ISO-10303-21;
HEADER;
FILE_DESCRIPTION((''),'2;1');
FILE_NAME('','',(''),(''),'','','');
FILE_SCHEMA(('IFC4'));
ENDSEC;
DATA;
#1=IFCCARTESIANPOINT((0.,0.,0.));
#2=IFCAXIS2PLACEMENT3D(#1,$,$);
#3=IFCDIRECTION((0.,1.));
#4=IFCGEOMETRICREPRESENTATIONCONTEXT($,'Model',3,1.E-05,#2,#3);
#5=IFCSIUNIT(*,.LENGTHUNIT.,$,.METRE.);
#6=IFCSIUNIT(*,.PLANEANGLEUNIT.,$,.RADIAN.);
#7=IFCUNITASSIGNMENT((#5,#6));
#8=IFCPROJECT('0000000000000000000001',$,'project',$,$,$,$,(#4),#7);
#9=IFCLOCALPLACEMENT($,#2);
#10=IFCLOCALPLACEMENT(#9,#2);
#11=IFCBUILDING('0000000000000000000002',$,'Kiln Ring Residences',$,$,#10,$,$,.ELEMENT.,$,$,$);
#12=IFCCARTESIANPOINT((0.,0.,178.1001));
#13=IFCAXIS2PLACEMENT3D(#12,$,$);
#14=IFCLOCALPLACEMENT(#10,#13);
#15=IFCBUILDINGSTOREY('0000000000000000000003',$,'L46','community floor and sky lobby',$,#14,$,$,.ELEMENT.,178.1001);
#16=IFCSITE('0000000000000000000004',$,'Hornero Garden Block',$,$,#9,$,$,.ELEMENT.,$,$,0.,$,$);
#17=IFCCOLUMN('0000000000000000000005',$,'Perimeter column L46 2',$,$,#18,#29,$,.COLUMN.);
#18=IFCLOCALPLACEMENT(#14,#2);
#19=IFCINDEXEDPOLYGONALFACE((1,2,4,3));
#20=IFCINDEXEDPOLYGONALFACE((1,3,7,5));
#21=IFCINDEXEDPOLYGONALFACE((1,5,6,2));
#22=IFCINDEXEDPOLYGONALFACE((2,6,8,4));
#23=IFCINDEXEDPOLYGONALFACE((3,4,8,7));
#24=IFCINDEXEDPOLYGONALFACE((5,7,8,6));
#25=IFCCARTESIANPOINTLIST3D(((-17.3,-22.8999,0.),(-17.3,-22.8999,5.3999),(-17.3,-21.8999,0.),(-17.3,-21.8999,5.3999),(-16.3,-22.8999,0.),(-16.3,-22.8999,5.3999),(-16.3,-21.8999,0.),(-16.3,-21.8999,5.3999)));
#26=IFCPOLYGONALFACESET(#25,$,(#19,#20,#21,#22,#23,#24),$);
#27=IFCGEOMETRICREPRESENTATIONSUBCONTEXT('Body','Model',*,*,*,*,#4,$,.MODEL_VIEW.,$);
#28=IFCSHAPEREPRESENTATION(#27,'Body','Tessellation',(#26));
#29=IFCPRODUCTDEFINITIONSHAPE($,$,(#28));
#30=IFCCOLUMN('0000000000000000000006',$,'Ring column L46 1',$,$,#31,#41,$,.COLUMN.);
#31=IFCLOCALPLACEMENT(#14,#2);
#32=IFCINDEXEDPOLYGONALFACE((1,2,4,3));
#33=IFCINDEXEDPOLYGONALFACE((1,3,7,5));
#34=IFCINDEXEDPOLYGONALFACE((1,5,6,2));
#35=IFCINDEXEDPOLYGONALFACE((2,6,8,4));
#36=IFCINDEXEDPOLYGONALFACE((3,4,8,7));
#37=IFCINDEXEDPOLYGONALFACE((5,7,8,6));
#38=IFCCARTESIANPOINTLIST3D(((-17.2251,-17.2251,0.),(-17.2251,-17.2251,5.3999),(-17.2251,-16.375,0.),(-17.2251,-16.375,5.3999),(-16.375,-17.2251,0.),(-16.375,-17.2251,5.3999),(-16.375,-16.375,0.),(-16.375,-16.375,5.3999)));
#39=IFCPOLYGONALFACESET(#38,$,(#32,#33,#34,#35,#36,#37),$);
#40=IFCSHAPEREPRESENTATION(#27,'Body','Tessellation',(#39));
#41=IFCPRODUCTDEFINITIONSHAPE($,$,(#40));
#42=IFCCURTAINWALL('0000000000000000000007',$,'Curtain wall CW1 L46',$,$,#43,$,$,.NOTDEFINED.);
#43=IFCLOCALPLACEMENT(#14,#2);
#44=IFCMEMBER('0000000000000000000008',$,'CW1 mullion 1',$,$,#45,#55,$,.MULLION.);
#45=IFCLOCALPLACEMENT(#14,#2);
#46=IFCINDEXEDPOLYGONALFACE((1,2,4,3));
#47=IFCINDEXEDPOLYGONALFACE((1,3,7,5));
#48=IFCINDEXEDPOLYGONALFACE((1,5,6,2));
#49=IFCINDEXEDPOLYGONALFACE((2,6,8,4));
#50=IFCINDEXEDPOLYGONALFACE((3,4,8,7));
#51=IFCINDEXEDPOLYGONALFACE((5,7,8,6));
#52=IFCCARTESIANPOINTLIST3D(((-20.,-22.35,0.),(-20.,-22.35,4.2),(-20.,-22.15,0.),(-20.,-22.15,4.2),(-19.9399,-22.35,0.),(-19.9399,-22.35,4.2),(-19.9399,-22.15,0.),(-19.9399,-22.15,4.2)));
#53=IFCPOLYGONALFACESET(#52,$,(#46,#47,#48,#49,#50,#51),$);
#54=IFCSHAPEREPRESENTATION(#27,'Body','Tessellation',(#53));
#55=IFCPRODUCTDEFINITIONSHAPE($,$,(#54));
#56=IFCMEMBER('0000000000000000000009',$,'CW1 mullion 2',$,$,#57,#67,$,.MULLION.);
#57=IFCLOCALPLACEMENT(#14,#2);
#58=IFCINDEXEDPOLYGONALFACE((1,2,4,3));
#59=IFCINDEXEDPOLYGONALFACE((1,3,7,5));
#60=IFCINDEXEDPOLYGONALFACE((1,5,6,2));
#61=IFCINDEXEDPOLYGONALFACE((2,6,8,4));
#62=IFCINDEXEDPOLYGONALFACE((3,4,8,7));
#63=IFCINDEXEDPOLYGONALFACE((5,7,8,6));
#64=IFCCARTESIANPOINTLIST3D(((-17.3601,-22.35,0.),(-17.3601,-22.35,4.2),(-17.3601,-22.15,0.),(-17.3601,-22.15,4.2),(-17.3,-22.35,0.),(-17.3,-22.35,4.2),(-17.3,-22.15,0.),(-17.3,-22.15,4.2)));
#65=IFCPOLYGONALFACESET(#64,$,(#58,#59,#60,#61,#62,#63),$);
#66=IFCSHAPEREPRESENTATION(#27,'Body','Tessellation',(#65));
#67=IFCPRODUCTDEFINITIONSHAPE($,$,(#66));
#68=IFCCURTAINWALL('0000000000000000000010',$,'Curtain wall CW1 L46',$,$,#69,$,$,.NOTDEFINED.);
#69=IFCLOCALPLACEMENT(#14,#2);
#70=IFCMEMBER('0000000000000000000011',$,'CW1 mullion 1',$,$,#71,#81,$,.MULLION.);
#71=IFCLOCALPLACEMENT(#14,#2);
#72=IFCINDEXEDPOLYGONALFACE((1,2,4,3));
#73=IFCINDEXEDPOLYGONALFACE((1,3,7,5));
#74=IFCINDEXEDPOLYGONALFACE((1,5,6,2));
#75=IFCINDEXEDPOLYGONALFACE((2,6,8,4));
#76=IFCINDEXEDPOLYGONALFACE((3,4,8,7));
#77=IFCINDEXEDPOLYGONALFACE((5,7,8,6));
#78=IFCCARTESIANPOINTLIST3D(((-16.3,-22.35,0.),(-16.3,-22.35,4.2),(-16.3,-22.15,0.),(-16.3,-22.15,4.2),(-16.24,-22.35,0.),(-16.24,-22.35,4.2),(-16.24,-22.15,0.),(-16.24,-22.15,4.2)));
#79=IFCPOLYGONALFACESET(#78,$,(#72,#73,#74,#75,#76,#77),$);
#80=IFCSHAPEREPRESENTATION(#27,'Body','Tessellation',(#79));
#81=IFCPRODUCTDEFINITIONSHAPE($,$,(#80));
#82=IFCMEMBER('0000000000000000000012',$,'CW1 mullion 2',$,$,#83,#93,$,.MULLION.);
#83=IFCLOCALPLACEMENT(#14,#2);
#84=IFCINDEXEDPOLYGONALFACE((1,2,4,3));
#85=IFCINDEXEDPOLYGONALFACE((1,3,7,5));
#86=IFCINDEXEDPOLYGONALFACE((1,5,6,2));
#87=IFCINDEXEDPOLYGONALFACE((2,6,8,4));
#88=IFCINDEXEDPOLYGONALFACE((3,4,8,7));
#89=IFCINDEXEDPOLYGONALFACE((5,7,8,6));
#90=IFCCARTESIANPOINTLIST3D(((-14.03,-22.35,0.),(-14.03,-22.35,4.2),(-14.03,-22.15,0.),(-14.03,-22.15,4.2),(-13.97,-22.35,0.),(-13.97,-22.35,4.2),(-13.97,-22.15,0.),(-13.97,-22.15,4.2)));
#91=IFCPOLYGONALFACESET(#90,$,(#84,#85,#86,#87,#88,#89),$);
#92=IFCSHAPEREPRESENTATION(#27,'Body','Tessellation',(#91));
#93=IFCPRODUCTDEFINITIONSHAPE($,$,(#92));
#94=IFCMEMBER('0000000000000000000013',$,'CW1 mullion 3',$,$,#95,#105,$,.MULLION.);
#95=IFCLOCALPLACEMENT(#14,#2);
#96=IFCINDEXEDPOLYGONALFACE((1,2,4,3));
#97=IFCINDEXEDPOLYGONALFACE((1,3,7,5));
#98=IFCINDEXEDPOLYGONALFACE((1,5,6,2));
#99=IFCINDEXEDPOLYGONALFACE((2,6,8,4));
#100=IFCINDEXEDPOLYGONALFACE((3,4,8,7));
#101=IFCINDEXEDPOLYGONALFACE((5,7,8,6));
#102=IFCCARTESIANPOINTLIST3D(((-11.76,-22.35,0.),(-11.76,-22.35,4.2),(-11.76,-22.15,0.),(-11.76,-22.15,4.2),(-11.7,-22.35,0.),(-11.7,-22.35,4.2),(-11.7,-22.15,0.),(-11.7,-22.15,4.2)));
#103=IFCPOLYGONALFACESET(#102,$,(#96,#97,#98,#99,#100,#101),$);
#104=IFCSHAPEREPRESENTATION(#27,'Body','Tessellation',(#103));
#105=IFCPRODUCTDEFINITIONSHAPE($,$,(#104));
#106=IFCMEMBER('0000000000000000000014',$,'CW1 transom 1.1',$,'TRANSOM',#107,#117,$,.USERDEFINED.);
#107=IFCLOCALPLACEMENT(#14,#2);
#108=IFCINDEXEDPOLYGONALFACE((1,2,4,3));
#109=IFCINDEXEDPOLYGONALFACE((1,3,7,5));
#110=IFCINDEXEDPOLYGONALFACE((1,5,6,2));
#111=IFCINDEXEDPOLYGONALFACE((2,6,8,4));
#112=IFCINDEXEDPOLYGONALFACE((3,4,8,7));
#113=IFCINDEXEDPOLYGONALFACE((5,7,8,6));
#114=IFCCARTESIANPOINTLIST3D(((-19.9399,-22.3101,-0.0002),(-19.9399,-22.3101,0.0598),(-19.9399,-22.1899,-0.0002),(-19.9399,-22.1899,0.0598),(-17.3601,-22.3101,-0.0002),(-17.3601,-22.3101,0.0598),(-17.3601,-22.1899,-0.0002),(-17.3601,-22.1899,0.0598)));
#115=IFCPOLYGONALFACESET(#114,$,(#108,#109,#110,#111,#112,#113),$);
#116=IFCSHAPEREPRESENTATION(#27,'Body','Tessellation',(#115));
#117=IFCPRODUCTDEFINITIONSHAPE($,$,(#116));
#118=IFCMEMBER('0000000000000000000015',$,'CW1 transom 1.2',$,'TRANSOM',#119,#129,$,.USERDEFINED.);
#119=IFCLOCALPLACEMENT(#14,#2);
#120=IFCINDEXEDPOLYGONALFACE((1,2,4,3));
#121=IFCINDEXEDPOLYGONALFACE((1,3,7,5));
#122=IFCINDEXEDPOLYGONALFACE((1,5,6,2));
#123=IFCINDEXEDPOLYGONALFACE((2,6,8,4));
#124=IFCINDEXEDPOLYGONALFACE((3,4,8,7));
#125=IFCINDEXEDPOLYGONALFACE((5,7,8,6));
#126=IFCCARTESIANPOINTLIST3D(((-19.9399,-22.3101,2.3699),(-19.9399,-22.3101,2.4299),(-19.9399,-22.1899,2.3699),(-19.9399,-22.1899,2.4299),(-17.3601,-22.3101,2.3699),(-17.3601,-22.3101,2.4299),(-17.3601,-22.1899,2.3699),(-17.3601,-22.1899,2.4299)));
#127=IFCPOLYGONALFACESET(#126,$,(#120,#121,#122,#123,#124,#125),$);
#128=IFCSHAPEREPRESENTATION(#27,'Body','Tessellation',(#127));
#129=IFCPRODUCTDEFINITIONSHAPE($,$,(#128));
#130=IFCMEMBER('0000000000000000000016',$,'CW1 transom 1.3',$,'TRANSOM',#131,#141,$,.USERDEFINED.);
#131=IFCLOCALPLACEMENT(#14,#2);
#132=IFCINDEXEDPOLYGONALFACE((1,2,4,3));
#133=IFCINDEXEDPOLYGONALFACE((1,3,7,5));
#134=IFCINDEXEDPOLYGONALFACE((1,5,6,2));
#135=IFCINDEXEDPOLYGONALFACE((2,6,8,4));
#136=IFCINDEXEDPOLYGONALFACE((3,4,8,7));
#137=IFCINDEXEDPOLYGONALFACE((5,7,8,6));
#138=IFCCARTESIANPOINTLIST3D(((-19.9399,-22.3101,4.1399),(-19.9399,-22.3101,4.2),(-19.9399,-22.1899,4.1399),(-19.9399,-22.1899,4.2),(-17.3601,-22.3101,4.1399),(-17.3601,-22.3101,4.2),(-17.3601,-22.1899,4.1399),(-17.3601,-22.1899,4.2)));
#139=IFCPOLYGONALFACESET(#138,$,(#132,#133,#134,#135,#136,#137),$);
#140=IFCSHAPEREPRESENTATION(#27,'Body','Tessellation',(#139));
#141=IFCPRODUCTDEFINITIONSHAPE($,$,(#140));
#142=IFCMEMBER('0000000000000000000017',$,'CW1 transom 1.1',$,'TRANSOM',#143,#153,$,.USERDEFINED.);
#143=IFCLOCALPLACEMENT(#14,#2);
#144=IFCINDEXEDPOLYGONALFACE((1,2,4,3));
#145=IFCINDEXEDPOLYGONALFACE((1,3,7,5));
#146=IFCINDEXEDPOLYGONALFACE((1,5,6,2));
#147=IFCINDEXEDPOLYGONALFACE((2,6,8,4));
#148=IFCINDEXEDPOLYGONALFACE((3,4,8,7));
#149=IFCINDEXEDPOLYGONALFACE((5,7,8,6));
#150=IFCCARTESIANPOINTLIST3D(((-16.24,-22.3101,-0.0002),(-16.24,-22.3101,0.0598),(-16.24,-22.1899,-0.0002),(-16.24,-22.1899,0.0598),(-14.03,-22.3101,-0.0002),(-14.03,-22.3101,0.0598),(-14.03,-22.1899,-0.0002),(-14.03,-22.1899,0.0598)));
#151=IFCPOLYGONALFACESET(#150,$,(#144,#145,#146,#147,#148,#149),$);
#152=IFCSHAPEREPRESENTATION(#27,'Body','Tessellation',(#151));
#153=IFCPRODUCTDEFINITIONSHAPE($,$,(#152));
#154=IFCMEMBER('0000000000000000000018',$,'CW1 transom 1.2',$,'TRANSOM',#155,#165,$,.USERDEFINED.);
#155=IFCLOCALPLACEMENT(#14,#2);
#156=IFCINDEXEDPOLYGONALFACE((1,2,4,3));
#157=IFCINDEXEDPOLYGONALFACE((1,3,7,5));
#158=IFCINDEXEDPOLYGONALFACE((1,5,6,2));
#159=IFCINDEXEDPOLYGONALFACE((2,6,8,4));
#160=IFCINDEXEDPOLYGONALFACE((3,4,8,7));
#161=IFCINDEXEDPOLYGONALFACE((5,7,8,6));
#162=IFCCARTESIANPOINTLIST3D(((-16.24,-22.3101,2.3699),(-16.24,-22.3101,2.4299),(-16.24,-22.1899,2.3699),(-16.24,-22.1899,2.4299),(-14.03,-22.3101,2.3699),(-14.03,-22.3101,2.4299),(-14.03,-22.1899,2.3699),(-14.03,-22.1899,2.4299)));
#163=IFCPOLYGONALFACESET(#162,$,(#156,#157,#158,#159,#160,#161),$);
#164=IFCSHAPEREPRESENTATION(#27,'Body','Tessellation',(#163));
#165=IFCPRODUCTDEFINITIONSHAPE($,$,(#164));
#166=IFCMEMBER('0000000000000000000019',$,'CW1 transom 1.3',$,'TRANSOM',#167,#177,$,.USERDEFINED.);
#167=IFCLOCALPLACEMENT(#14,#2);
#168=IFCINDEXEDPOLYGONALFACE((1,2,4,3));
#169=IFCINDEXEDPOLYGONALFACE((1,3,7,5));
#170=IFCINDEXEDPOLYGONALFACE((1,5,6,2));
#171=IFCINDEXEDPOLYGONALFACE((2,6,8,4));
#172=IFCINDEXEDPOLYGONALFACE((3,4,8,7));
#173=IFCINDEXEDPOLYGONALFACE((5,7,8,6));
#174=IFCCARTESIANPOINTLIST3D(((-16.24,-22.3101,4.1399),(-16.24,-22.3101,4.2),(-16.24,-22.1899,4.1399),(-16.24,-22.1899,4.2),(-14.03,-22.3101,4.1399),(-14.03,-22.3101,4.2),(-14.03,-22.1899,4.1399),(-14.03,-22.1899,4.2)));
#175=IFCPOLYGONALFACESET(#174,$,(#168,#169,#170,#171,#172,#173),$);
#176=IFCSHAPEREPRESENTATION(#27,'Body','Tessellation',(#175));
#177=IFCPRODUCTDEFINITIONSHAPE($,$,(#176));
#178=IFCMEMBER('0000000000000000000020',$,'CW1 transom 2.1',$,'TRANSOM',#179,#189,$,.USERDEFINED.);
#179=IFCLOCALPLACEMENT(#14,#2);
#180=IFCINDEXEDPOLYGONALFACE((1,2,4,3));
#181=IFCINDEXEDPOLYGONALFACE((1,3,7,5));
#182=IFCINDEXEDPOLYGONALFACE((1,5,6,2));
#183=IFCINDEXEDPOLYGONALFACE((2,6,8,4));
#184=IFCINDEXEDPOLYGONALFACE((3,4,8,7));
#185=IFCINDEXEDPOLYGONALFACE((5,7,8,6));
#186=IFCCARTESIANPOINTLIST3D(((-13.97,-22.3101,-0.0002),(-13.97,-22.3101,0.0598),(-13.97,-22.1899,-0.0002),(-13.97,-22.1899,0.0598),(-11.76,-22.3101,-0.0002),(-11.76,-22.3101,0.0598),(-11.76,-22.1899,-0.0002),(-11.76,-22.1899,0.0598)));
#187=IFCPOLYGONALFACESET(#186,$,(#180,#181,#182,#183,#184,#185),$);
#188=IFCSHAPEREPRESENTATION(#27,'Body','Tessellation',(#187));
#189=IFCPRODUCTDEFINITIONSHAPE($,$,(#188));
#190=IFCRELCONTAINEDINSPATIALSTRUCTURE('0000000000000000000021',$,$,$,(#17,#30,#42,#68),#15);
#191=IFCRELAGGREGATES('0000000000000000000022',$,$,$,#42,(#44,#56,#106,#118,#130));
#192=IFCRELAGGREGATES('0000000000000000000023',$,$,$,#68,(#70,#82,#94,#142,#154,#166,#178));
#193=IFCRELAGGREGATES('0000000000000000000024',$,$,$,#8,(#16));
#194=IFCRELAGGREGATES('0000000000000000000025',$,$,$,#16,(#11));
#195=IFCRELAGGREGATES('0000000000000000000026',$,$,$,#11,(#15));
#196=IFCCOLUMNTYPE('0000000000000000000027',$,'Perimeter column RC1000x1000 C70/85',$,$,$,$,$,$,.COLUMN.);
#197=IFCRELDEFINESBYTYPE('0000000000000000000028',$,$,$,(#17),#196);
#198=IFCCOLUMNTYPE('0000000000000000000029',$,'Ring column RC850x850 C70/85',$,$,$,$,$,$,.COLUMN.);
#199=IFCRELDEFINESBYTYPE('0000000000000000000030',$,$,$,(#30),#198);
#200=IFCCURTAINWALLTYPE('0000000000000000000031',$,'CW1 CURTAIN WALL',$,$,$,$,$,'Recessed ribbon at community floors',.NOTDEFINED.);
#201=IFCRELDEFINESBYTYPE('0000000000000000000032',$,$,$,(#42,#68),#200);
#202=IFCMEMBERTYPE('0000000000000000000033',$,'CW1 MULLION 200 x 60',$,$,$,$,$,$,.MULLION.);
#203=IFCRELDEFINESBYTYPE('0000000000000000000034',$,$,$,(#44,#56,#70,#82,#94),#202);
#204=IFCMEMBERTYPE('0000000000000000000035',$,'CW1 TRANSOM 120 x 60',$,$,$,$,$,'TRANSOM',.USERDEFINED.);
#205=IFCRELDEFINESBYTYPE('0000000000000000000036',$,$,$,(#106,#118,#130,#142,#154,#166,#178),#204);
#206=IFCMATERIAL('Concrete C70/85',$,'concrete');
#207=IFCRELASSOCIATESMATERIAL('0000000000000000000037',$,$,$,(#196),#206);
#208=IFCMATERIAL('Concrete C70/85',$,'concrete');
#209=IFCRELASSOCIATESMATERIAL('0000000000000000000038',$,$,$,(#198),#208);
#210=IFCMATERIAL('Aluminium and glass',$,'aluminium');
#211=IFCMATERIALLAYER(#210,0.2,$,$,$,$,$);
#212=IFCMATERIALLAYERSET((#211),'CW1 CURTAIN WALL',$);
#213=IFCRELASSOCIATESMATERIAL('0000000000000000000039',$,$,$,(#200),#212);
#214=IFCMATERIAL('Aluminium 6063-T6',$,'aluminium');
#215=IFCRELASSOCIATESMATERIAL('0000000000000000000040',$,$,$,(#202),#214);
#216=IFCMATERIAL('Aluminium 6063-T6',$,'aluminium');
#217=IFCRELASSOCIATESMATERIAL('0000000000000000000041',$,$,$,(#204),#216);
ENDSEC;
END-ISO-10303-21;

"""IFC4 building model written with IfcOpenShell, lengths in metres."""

from ifc_helpers import new_model, si_unit, direction, frame, origin, origin_2d, place, context, subcontext, project, spatial, rectangle, extrude, material, layer, layer_set, material_profile, profile_set, type_object, element, aggregate, save


model = new_model("IFC4")

# Units and contexts
model_context = context("Model", 3, precision=1e-05, world=origin(), true_north=direction((0.0, 1.0)))
body_context = subcontext(model_context, "Body", "Model", "MODEL_VIEW")
ifc_project = project(units=[si_unit("LENGTHUNIT", "METRE"), si_unit("PLANEANGLEUNIT", "RADIAN")], contexts=[model_context])

# Site, building, storey
site_placement = place(None, origin())
site = spatial("IfcSite", under=ifc_project, at=site_placement, Name="Hornero Garden Block", CompositionType="ELEMENT", RefElevation=0.0)
building_placement = place(site_placement, origin())
building = spatial("IfcBuilding", under=site, at=building_placement, Name="Kiln Ring Residences", CompositionType="ELEMENT")
storey_placement = place(building_placement, frame((0.0, 0.0, 178.1001)))
storey = spatial("IfcBuildingStorey", under=building, at=storey_placement, Name="L46", Description="community floor and sky lobby", CompositionType="ELEMENT", Elevation=178.1001)

# Columns
ifc_material_1 = material(Name="Concrete C70/85", Category="concrete")
ifc_material_profile_1 = material_profile(ifc_material_1, rectangle(XDim=1.0, YDim=1.0, at=origin_2d()), Name="RC1000x1000")
ifc_profile_set_1 = profile_set([ifc_material_profile_1], Name="Concrete C70/85")
column_type_1 = type_object("IfcColumnType", Name="Perimeter column RC1000x1000 C70/85", PredefinedType="COLUMN", material=ifc_profile_set_1)
column_1_placement = place(storey_placement, frame((-16.8, -22.3999, 0.0), z_axis=(0.0, 0.0, 1.0), x_axis=(1.0, 0.0, 0.0)))
element("IfcColumn", 1, at=column_1_placement, inside=storey, type_object=column_type_1, Name="Perimeter column L46 2", PredefinedType="COLUMN", context=body_context, shape_type="SweptSolid", body=[
    extrude(rectangle(XDim=1.0, YDim=1.0, at=origin_2d()), origin(), (0.0, 0.0, 1.0), 5.3999),
])
ifc_material_2 = material(Name="Concrete C70/85", Category="concrete")
ifc_material_profile_2 = material_profile(ifc_material_2, rectangle(XDim=0.8501, YDim=0.8501, at=origin_2d()), Name="RC850x850")
ifc_profile_set_2 = profile_set([ifc_material_profile_2], Name="Concrete C70/85")
column_type_2 = type_object("IfcColumnType", Name="Ring column RC850x850 C70/85", PredefinedType="COLUMN", material=ifc_profile_set_2)
column_2_placement = place(storey_placement, frame((-16.8, -16.8, 0.0), z_axis=(0.0, 0.0, 1.0), x_axis=(1.0, 0.0, 0.0)))
element("IfcColumn", 2, at=column_2_placement, inside=storey, type_object=column_type_2, Name="Ring column L46 1", PredefinedType="COLUMN", context=body_context, shape_type="SweptSolid", body=[
    extrude(rectangle(XDim=0.8501, YDim=0.8501, at=origin_2d()), origin(), (0.0, 0.0, 1.0), 5.3999),
])

# Curtain walls, members
ifc_material_3 = material(Name="Aluminium and glass", Category="aluminium")
ifc_layer_1 = layer(ifc_material_3, 0.2)
ifc_layer_set_1 = layer_set([ifc_layer_1], Name="CW1 CURTAIN WALL")
curtain_wall_type = type_object("IfcCurtainWallType", Name="CW1 CURTAIN WALL", ElementType="Recessed ribbon at community floors", PredefinedType="NOTDEFINED", material=ifc_layer_set_1)
placement = place(storey_placement, origin())
curtain_wall_1 = element("IfcCurtainWall", 3, at=placement, inside=storey, type_object=curtain_wall_type, Name="Curtain wall CW1 L46", PredefinedType="NOTDEFINED")
ifc_material_4 = material(Name="Aluminium 6063-T6", Category="aluminium")
ifc_material_profile_3 = material_profile(ifc_material_4, rectangle(XDim=0.2, YDim=0.0601, at=origin_2d()), Name="AL 200x60")
ifc_profile_set_3 = profile_set([ifc_material_profile_3], Name="Aluminium 6063-T6")
member_type_1 = type_object("IfcMemberType", Name="CW1 MULLION 200 x 60", PredefinedType="MULLION", material=ifc_profile_set_3)
member_1_placement = place(storey_placement, frame((-19.97, -22.25, 0.0), z_axis=(0.0, 0.0, 1.0), x_axis=(0.0, 1.0, 0.0)))
member_1 = element("IfcMember", 4, at=member_1_placement, type_object=member_type_1, Name="CW1 mullion 1", PredefinedType="MULLION", context=body_context, shape_type="SweptSolid", body=[
    extrude(rectangle(XDim=0.2, YDim=0.0601, at=origin_2d()), origin(), (0.0, 0.0, 1.0), 4.2),
])
member_2_placement = place(storey_placement, frame((-17.3301, -22.25, 0.0), z_axis=(0.0, 0.0, 1.0), x_axis=(0.0, 1.0, 0.0)))
member_2 = element("IfcMember", 5, at=member_2_placement, type_object=member_type_1, Name="CW1 mullion 2", PredefinedType="MULLION", context=body_context, shape_type="SweptSolid", body=[
    extrude(rectangle(XDim=0.2, YDim=0.0601, at=origin_2d()), origin(), (0.0, 0.0, 1.0), 4.2),
])
curtain_wall_2 = element("IfcCurtainWall", 6, at=placement, inside=storey, type_object=curtain_wall_type, Name="Curtain wall CW1 L46", PredefinedType="NOTDEFINED")
member_3_placement = place(storey_placement, frame((-16.27, -22.25, 0.0), z_axis=(0.0, 0.0, 1.0), x_axis=(0.0, 1.0, 0.0)))
member_3 = element("IfcMember", 7, at=member_3_placement, type_object=member_type_1, Name="CW1 mullion 1", PredefinedType="MULLION", context=body_context, shape_type="SweptSolid", body=[
    extrude(rectangle(XDim=0.2, YDim=0.0601, at=origin_2d()), origin(), (0.0, 0.0, 1.0), 4.2),
])
member_4_placement = place(storey_placement, frame((-14.0, -22.25, 0.0), z_axis=(0.0, 0.0, 1.0), x_axis=(0.0, 1.0, 0.0)))
member_4 = element("IfcMember", 8, at=member_4_placement, type_object=member_type_1, Name="CW1 mullion 2", PredefinedType="MULLION", context=body_context, shape_type="SweptSolid", body=[
    extrude(rectangle(XDim=0.2, YDim=0.0601, at=origin_2d()), origin(), (0.0, 0.0, 1.0), 4.2),
])
member_5_placement = place(storey_placement, frame((-11.73, -22.25, 0.0), z_axis=(0.0, 0.0, 1.0), x_axis=(0.0, 1.0, 0.0)))
member_5 = element("IfcMember", 9, at=member_5_placement, type_object=member_type_1, Name="CW1 mullion 3", PredefinedType="MULLION", context=body_context, shape_type="SweptSolid", body=[
    extrude(rectangle(XDim=0.2, YDim=0.0601, at=origin_2d()), origin(), (0.0, 0.0, 1.0), 4.2),
])

# Members
ifc_material_5 = material(Name="Aluminium 6063-T6", Category="aluminium")
ifc_material_profile_4 = material_profile(ifc_material_5, rectangle(XDim=0.1201, YDim=0.0601, at=origin_2d()), Name="AL 120x60")
ifc_profile_set_4 = profile_set([ifc_material_profile_4], Name="Aluminium 6063-T6")
member_type_2 = type_object("IfcMemberType", Name="CW1 TRANSOM 120 x 60", ElementType="TRANSOM", PredefinedType="USERDEFINED", material=ifc_profile_set_4)
member_6_placement = place(storey_placement, frame((-19.9399, -22.25, 0.0298), z_axis=(1.0, 0.0, 0.0), x_axis=(0.0, 1.0, 0.0)))
member_6 = element("IfcMember", 10, at=member_6_placement, type_object=member_type_2, Name="CW1 transom 1.1", ObjectType="TRANSOM", PredefinedType="USERDEFINED", context=body_context, shape_type="SweptSolid", body=[
    extrude(rectangle(XDim=0.1201, YDim=0.0601, at=origin_2d()), origin(), (0.0, 0.0, 1.0), 2.5798),
])
member_7_placement = place(storey_placement, frame((-19.9399, -22.25, 2.3999), z_axis=(1.0, 0.0, 0.0), x_axis=(0.0, 1.0, 0.0)))
member_7 = element("IfcMember", 11, at=member_7_placement, type_object=member_type_2, Name="CW1 transom 1.2", ObjectType="TRANSOM", PredefinedType="USERDEFINED", context=body_context, shape_type="SweptSolid", body=[
    extrude(rectangle(XDim=0.1201, YDim=0.0601, at=origin_2d()), origin(), (0.0, 0.0, 1.0), 2.5798),
])
member_8_placement = place(storey_placement, frame((-19.9399, -22.25, 4.1699), z_axis=(1.0, 0.0, 0.0), x_axis=(0.0, 1.0, 0.0)))
member_8 = element("IfcMember", 12, at=member_8_placement, type_object=member_type_2, Name="CW1 transom 1.3", ObjectType="TRANSOM", PredefinedType="USERDEFINED", context=body_context, shape_type="SweptSolid", body=[
    extrude(rectangle(XDim=0.1201, YDim=0.0601, at=origin_2d()), origin(), (0.0, 0.0, 1.0), 2.5798),
])
member_9_placement = place(storey_placement, frame((-16.24, -22.25, 0.0298), z_axis=(1.0, 0.0, 0.0), x_axis=(0.0, 1.0, 0.0)))
member_9 = element("IfcMember", 13, at=member_9_placement, type_object=member_type_2, Name="CW1 transom 1.1", ObjectType="TRANSOM", PredefinedType="USERDEFINED", context=body_context, shape_type="SweptSolid", body=[
    extrude(rectangle(XDim=0.1201, YDim=0.0601, at=origin_2d()), origin(), (0.0, 0.0, 1.0), 2.21),
])
member_10_placement = place(storey_placement, frame((-16.24, -22.25, 2.3999), z_axis=(1.0, 0.0, 0.0), x_axis=(0.0, 1.0, 0.0)))
member_10 = element("IfcMember", 14, at=member_10_placement, type_object=member_type_2, Name="CW1 transom 1.2", ObjectType="TRANSOM", PredefinedType="USERDEFINED", context=body_context, shape_type="SweptSolid", body=[
    extrude(rectangle(XDim=0.1201, YDim=0.0601, at=origin_2d()), origin(), (0.0, 0.0, 1.0), 2.21),
])
member_11_placement = place(storey_placement, frame((-16.24, -22.25, 4.1699), z_axis=(1.0, 0.0, 0.0), x_axis=(0.0, 1.0, 0.0)))
member_11 = element("IfcMember", 15, at=member_11_placement, type_object=member_type_2, Name="CW1 transom 1.3", ObjectType="TRANSOM", PredefinedType="USERDEFINED", context=body_context, shape_type="SweptSolid", body=[
    extrude(rectangle(XDim=0.1201, YDim=0.0601, at=origin_2d()), origin(), (0.0, 0.0, 1.0), 2.21),
])
member_12_placement = place(storey_placement, frame((-13.97, -22.25, 0.0298), z_axis=(1.0, 0.0, 0.0), x_axis=(0.0, 1.0, 0.0)))
member_12 = element("IfcMember", 16, at=member_12_placement, type_object=member_type_2, Name="CW1 transom 2.1", ObjectType="TRANSOM", PredefinedType="USERDEFINED", context=body_context, shape_type="SweptSolid", body=[
    extrude(rectangle(XDim=0.1201, YDim=0.0601, at=origin_2d()), origin(), (0.0, 0.0, 1.0), 2.21),
])

aggregate(curtain_wall_1, [member_1, member_2, member_6, member_7, member_8])
aggregate(curtain_wall_2, [member_3, member_4, member_5, member_9, member_10, member_11, member_12])

save(model, "model.ifc")
